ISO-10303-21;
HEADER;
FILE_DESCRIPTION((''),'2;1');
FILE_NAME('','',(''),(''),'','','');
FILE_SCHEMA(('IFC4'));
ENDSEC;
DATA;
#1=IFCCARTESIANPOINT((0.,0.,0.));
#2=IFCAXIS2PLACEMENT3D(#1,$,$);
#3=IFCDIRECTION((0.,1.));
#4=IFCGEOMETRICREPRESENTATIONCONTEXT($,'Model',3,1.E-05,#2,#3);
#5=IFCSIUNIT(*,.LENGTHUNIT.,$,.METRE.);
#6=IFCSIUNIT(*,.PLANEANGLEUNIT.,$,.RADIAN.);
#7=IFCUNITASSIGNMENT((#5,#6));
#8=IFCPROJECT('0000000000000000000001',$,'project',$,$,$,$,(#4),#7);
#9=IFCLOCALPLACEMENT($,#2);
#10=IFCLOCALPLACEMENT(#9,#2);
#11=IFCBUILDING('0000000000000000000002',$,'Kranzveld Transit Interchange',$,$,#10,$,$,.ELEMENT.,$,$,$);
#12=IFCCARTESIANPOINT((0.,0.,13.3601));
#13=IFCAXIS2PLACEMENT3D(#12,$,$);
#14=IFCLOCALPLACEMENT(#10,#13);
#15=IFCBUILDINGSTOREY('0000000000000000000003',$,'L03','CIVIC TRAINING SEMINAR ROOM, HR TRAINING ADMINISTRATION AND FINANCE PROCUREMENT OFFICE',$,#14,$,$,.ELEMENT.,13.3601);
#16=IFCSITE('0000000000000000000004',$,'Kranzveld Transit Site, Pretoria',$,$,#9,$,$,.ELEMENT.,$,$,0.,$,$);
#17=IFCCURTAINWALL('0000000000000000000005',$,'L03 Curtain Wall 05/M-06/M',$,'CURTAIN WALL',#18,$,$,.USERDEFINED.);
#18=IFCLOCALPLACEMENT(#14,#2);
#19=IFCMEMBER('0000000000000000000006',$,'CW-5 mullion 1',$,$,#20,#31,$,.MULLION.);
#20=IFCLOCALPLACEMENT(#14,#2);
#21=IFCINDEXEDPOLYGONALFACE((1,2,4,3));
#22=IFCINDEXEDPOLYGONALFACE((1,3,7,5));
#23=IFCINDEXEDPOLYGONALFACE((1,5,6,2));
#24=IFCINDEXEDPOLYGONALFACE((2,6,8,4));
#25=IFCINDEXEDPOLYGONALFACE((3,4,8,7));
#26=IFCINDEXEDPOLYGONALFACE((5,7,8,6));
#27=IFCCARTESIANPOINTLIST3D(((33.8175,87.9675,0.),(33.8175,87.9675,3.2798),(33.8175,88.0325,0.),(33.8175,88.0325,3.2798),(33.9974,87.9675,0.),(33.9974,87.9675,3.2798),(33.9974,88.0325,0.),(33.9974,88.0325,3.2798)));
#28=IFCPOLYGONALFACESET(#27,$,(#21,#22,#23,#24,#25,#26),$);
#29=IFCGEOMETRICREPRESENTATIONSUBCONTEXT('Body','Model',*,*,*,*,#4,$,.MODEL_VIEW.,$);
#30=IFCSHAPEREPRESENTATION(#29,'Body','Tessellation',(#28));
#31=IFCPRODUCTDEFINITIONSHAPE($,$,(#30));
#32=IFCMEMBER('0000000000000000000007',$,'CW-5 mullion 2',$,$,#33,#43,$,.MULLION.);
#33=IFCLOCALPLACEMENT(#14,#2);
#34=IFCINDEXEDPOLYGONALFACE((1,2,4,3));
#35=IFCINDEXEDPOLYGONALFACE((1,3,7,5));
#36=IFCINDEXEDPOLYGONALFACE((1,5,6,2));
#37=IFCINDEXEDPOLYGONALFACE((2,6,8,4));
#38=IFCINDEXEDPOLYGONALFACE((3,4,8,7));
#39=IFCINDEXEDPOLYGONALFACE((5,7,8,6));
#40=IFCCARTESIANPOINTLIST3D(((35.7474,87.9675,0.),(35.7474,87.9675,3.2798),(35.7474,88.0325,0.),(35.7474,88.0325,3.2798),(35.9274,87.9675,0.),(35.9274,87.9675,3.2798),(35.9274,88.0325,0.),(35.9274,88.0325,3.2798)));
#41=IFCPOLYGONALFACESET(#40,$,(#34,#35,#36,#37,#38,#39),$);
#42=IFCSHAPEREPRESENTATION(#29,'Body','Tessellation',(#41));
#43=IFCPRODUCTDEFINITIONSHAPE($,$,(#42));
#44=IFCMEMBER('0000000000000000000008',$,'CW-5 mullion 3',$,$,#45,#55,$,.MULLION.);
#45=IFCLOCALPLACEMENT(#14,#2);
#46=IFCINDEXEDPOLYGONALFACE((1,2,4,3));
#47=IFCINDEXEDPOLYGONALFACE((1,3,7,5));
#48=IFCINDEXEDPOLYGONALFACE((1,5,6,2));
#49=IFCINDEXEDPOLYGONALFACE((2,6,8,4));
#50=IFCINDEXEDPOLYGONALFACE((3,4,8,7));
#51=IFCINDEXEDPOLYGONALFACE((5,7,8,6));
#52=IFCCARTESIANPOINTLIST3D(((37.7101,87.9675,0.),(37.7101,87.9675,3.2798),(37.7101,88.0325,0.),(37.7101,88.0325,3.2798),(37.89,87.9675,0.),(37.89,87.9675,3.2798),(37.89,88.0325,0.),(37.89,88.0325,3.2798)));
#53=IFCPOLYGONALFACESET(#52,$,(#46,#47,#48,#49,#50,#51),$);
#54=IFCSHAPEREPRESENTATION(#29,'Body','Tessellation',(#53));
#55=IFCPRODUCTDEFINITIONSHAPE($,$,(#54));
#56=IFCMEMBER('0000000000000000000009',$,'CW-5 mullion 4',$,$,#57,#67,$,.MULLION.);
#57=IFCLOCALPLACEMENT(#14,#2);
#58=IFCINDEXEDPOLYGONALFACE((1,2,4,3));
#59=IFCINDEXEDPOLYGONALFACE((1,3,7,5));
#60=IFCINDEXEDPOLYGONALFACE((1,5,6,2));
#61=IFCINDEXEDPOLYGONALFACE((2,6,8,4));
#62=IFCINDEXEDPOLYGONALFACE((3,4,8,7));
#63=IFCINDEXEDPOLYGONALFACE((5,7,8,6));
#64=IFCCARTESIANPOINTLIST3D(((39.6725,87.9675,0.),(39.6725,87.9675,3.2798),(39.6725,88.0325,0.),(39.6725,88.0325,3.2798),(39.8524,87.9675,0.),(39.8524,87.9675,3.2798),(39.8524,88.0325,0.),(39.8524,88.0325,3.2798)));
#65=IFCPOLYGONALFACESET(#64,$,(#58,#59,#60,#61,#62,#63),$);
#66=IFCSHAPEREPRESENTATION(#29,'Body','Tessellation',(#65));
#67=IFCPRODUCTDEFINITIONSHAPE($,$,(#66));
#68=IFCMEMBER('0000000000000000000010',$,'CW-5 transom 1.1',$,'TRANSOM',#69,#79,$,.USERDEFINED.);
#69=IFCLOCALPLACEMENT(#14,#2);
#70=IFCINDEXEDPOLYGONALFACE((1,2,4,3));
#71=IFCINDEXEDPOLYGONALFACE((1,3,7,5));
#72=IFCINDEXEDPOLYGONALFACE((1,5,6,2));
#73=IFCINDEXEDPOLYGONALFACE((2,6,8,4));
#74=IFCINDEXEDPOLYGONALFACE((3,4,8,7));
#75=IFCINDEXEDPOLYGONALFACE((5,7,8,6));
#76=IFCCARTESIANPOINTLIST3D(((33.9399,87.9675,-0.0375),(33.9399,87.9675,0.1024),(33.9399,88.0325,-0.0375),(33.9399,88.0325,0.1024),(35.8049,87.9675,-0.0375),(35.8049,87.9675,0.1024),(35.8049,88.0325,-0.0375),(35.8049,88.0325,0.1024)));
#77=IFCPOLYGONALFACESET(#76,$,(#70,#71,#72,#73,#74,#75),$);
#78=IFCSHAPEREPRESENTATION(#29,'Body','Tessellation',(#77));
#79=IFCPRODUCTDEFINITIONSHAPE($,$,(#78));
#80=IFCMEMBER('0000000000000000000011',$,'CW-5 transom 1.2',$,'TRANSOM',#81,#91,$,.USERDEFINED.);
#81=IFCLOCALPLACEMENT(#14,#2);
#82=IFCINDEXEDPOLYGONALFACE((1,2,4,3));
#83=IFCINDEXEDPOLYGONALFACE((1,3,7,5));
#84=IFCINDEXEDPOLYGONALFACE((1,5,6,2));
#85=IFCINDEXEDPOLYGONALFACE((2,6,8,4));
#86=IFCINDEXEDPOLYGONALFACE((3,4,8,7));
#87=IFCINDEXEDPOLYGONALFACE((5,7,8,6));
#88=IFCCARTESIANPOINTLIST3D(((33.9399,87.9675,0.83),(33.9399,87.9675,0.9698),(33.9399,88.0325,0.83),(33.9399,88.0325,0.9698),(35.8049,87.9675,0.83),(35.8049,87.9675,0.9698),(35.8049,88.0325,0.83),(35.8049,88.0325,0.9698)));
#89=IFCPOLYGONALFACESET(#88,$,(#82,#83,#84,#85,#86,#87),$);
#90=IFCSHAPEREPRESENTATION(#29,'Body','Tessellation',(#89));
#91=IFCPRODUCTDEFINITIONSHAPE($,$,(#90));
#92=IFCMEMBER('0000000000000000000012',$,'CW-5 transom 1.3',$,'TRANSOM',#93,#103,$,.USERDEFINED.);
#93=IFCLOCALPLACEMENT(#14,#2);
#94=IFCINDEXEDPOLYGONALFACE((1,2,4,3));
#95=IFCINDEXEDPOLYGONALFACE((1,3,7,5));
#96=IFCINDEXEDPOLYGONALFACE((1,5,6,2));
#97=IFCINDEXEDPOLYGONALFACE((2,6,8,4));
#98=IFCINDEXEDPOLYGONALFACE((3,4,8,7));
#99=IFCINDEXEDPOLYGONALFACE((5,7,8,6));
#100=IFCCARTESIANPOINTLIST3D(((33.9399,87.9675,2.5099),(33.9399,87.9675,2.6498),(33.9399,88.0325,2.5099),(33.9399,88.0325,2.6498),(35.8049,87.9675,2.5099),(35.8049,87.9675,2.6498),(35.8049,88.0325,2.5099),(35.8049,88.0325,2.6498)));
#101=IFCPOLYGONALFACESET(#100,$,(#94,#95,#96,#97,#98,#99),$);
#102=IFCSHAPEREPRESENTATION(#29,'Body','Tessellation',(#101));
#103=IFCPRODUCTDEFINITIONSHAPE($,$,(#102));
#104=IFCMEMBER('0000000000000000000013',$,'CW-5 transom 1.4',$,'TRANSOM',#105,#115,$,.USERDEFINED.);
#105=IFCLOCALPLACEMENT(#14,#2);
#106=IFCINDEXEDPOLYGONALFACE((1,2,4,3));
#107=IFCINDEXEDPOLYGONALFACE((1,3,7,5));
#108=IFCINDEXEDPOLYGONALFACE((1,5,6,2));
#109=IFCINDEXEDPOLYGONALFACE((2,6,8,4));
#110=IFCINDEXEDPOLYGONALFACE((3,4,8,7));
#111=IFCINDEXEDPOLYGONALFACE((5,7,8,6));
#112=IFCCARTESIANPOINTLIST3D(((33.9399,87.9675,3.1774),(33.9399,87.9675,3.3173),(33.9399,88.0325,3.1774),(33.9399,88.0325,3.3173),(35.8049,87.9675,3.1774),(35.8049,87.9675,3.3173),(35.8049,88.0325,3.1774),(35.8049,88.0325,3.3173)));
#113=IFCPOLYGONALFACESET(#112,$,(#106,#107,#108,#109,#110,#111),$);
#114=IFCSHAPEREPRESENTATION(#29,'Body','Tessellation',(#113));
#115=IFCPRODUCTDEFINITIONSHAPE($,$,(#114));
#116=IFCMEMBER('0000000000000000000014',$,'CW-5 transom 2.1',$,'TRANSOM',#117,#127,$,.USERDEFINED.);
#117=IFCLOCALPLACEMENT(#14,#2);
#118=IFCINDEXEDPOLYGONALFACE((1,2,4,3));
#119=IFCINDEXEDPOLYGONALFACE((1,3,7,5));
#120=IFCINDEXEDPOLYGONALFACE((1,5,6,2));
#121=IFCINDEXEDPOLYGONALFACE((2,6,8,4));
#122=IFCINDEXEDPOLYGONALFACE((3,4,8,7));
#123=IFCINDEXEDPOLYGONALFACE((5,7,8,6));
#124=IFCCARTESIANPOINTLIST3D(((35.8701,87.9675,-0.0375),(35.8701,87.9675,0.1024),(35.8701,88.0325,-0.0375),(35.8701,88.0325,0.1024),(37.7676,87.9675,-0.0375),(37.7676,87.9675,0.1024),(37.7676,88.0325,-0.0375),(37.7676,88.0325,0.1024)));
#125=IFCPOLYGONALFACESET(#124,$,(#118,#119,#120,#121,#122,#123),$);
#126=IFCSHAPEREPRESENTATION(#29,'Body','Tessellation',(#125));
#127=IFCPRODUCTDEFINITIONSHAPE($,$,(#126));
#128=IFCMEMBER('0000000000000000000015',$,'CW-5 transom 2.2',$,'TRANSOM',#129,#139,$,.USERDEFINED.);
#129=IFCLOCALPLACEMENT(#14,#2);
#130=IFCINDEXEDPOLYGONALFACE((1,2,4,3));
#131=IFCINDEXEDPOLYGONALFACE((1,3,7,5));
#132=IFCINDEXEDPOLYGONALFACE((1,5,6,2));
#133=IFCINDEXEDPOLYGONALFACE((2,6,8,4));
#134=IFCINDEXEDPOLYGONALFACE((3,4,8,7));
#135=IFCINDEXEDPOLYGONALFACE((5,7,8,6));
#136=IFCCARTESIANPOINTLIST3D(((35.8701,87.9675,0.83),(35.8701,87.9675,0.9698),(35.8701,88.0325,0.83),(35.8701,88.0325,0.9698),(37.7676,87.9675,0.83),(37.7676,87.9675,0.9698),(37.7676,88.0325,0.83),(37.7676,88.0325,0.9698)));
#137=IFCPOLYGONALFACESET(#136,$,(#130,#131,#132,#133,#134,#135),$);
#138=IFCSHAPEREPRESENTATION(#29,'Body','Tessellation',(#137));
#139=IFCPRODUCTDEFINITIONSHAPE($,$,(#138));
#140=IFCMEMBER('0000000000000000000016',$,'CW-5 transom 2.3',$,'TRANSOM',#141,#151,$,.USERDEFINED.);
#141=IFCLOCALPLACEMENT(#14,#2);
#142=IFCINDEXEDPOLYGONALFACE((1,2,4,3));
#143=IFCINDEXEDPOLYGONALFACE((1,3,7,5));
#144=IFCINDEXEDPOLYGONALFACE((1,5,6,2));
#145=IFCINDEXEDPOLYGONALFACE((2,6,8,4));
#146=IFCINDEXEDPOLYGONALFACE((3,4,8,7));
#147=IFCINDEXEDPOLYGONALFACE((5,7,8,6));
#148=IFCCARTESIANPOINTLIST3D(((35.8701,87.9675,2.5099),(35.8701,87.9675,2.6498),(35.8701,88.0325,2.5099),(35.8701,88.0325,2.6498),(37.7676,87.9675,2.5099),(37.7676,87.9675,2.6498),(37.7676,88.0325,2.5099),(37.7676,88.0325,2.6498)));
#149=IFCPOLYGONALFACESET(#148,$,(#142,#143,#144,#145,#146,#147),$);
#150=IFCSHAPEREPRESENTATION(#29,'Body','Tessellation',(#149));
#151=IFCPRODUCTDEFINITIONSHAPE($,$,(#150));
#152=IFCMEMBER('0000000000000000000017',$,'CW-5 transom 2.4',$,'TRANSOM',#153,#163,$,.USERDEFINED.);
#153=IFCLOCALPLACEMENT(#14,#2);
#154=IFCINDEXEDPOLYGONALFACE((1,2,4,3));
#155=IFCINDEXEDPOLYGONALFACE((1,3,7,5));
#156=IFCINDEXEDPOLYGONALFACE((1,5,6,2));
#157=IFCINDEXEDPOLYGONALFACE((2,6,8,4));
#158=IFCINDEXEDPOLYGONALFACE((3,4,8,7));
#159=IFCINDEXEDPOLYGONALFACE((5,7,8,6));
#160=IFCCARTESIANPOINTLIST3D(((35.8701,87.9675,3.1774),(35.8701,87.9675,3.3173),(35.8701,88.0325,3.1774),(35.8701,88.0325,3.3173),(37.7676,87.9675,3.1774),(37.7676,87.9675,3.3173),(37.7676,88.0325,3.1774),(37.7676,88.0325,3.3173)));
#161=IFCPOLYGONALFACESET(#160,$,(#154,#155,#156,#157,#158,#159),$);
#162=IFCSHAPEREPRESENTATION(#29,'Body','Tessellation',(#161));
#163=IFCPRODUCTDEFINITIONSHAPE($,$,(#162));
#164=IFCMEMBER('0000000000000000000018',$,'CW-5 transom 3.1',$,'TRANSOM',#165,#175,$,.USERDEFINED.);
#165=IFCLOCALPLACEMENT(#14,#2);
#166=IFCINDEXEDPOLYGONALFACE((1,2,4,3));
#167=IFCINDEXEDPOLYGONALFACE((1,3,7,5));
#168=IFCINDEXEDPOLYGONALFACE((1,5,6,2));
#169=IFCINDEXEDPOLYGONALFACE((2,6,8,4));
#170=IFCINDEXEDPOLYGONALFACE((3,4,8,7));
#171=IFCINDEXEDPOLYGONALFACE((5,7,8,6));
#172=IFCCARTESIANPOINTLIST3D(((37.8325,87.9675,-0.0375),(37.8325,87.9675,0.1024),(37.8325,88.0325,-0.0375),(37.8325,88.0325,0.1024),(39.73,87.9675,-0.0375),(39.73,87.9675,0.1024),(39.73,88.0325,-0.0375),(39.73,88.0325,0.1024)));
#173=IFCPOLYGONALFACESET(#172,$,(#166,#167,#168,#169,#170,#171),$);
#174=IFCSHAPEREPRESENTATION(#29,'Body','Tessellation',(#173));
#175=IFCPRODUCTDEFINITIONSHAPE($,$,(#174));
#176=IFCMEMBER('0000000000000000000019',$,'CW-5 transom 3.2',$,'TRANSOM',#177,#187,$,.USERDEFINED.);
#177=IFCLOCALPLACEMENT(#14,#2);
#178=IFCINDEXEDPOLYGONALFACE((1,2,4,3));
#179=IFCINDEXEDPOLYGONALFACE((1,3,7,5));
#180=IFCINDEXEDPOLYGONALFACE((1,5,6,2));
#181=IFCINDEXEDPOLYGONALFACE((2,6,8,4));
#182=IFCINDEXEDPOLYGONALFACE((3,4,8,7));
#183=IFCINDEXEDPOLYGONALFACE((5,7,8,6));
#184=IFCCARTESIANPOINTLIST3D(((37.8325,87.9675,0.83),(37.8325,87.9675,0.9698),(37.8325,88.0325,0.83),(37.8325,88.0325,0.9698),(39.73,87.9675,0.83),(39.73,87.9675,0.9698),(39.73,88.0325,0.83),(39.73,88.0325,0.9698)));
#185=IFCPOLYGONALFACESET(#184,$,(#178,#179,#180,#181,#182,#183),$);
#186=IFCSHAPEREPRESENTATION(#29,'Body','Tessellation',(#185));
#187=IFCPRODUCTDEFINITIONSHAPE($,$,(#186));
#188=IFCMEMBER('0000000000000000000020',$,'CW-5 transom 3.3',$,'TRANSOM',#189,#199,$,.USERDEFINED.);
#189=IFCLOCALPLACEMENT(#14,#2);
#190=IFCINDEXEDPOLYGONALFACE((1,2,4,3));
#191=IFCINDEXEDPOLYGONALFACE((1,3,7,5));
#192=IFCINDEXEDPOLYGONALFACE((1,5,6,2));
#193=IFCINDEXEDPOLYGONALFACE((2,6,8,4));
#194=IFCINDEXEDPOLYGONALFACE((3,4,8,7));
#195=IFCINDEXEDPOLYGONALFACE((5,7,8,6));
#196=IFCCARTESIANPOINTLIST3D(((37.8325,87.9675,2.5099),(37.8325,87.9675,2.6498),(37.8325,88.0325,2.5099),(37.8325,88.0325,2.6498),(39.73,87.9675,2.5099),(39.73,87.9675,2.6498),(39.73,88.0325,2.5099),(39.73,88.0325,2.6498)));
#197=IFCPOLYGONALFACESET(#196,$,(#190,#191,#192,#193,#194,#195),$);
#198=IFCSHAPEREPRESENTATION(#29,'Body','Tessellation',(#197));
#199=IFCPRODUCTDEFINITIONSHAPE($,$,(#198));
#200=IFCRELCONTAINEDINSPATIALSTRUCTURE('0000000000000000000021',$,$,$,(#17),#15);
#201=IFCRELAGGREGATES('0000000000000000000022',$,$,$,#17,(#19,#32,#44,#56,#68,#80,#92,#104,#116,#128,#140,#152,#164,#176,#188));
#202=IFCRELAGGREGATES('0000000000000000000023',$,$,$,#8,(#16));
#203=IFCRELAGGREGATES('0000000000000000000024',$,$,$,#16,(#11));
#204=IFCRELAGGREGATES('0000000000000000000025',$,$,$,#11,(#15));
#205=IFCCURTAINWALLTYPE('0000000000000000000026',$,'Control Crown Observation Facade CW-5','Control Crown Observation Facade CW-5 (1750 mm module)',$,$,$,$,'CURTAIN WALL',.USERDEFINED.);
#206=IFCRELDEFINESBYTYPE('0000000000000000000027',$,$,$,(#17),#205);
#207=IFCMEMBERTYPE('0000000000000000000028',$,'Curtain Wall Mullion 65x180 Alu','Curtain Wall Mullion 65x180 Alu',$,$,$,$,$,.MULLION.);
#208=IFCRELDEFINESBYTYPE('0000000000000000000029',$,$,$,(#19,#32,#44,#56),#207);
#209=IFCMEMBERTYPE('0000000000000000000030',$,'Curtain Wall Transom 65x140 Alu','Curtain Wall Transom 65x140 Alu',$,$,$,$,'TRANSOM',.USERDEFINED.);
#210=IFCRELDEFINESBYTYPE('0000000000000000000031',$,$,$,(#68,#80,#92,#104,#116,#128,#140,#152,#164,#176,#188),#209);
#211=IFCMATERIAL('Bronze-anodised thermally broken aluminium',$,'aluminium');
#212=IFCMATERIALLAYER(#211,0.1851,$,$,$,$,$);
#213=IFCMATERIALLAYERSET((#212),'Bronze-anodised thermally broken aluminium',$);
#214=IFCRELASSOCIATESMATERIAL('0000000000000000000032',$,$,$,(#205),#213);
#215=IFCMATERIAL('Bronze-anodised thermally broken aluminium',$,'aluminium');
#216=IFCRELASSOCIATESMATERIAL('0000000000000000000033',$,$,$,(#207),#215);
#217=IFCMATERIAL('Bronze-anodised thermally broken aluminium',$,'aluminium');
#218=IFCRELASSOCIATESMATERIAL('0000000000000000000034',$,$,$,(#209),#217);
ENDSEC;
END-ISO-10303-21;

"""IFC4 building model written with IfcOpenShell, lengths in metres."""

from ifc_helpers import new_model, si_unit, direction, frame, origin, origin_2d, place, context, subcontext, project, spatial, rectangle, extrude, material, layer, layer_set, material_profile, profile_set, type_object, element, aggregate, save


model = new_model("IFC4")

# Units and contexts
model_context = context("Model", 3, precision=1e-05, world=origin(), true_north=direction((0.0, 1.0)))
body_context = subcontext(model_context, "Body", "Model", "MODEL_VIEW")
ifc_project = project(units=[si_unit("LENGTHUNIT", "METRE"), si_unit("PLANEANGLEUNIT", "RADIAN")], contexts=[model_context])

# Site, building, storey
site_placement = place(None, origin())
site = spatial("IfcSite", under=ifc_project, at=site_placement, Name="Kranzveld Transit Site, Pretoria", CompositionType="ELEMENT", RefElevation=0.0)
building_placement = place(site_placement, origin())
building = spatial("IfcBuilding", under=site, at=building_placement, Name="Kranzveld Transit Interchange", CompositionType="ELEMENT")
storey_placement = place(building_placement, frame((0.0, 0.0, 13.3601)))
storey = spatial("IfcBuildingStorey", under=building, at=storey_placement, Name="L03", Description="CIVIC TRAINING SEMINAR ROOM, HR TRAINING ADMINISTRATION AND FINANCE PROCUREMENT OFFICE", CompositionType="ELEMENT", Elevation=13.3601)

# Curtain wall, members
ifc_material_1 = material(Name="Bronze-anodised thermally broken aluminium", Category="aluminium")
ifc_layer_1 = layer(ifc_material_1, 0.1851)
ifc_layer_set_1 = layer_set([ifc_layer_1], Name="Bronze-anodised thermally broken aluminium")
curtain_wall_type = type_object("IfcCurtainWallType", Name="Control Crown Observation Facade CW-5", Description="Control Crown Observation Facade CW-5 (1750 mm module)", ElementType="CURTAIN WALL", PredefinedType="USERDEFINED", material=ifc_layer_set_1)
curtain_wall_placement = place(storey_placement, origin())
curtain_wall = element("IfcCurtainWall", 1, at=curtain_wall_placement, inside=storey, type_object=curtain_wall_type, Name="L03 Curtain Wall 05/M-06/M", ObjectType="CURTAIN WALL", PredefinedType="USERDEFINED")
ifc_material_2 = material(Name="Bronze-anodised thermally broken aluminium", Category="aluminium")
ifc_material_profile_1 = material_profile(ifc_material_2, rectangle(XDim=0.0649, YDim=0.1799, at=origin_2d()), Name="ALU MULLION 65x180")
ifc_profile_set_1 = profile_set([ifc_material_profile_1], Name="Bronze-anodised thermally broken aluminium")
member_type_1 = type_object("IfcMemberType", Name="Curtain Wall Mullion 65x180 Alu", Description="Curtain Wall Mullion 65x180 Alu", PredefinedType="MULLION", material=ifc_profile_set_1)
member_1_placement = place(storey_placement, frame((33.9075, 88.0, 0.0), z_axis=(0.0, 0.0, 1.0), x_axis=(0.0, 1.0, 0.0)))
member_1 = element("IfcMember", 2, at=member_1_placement, type_object=member_type_1, Name="CW-5 mullion 1", PredefinedType="MULLION", context=body_context, shape_type="SweptSolid", body=[
    extrude(rectangle(XDim=0.0649, YDim=0.1799, at=origin_2d()), origin(), (0.0, 0.0, 1.0), 3.2798),
])
member_2_placement = place(storey_placement, frame((35.8374, 88.0, 0.0), z_axis=(0.0, 0.0, 1.0), x_axis=(0.0, 1.0, 0.0)))
member_2 = element("IfcMember", 3, at=member_2_placement, type_object=member_type_1, Name="CW-5 mullion 2", PredefinedType="MULLION", context=body_context, shape_type="SweptSolid", body=[
    extrude(rectangle(XDim=0.0649, YDim=0.1799, at=origin_2d()), origin(), (0.0, 0.0, 1.0), 3.2798),
])
member_3_placement = place(storey_placement, frame((37.8, 88.0, 0.0), z_axis=(0.0, 0.0, 1.0), x_axis=(0.0, 1.0, 0.0)))
member_3 = element("IfcMember", 4, at=member_3_placement, type_object=member_type_1, Name="CW-5 mullion 3", PredefinedType="MULLION", context=body_context, shape_type="SweptSolid", body=[
    extrude(rectangle(XDim=0.0649, YDim=0.1799, at=origin_2d()), origin(), (0.0, 0.0, 1.0), 3.2798),
])
member_4_placement = place(storey_placement, frame((39.7625, 88.0, 0.0), z_axis=(0.0, 0.0, 1.0), x_axis=(0.0, 1.0, 0.0)))
member_4 = element("IfcMember", 5, at=member_4_placement, type_object=member_type_1, Name="CW-5 mullion 4", PredefinedType="MULLION", context=body_context, shape_type="SweptSolid", body=[
    extrude(rectangle(XDim=0.0649, YDim=0.1799, at=origin_2d()), origin(), (0.0, 0.0, 1.0), 3.2798),
])
ifc_material_3 = material(Name="Bronze-anodised thermally broken aluminium", Category="aluminium")
ifc_material_profile_2 = material_profile(ifc_material_3, rectangle(XDim=0.0649, YDim=0.1399, at=origin_2d()), Name="ALU TRANSOM 65x140")
ifc_profile_set_2 = profile_set([ifc_material_profile_2], Name="Bronze-anodised thermally broken aluminium")
member_type_2 = type_object("IfcMemberType", Name="Curtain Wall Transom 65x140 Alu", Description="Curtain Wall Transom 65x140 Alu", ElementType="TRANSOM", PredefinedType="USERDEFINED", material=ifc_profile_set_2)
member_5_placement = place(storey_placement, frame((33.9399, 88.0, 0.0325), z_axis=(1.0, 0.0, 0.0), x_axis=(0.0, 1.0, 0.0)))
member_5 = element("IfcMember", 6, at=member_5_placement, type_object=member_type_2, Name="CW-5 transom 1.1", ObjectType="TRANSOM", PredefinedType="USERDEFINED", context=body_context, shape_type="SweptSolid", body=[
    extrude(rectangle(XDim=0.0649, YDim=0.1399, at=origin_2d()), origin(), (0.0, 0.0, 1.0), 1.865),
])
member_6_placement = place(storey_placement, frame((33.9399, 88.0, 0.8999), z_axis=(1.0, 0.0, 0.0), x_axis=(0.0, 1.0, 0.0)))
member_6 = element("IfcMember", 7, at=member_6_placement, type_object=member_type_2, Name="CW-5 transom 1.2", ObjectType="TRANSOM", PredefinedType="USERDEFINED", context=body_context, shape_type="SweptSolid", body=[
    extrude(rectangle(XDim=0.0649, YDim=0.1399, at=origin_2d()), origin(), (0.0, 0.0, 1.0), 1.865),
])
member_7_placement = place(storey_placement, frame((33.9399, 88.0, 2.5798), z_axis=(1.0, 0.0, 0.0), x_axis=(0.0, 1.0, 0.0)))
member_7 = element("IfcMember", 8, at=member_7_placement, type_object=member_type_2, Name="CW-5 transom 1.3", ObjectType="TRANSOM", PredefinedType="USERDEFINED", context=body_context, shape_type="SweptSolid", body=[
    extrude(rectangle(XDim=0.0649, YDim=0.1399, at=origin_2d()), origin(), (0.0, 0.0, 1.0), 1.865),
])
member_8_placement = place(storey_placement, frame((33.9399, 88.0, 3.2473), z_axis=(1.0, 0.0, 0.0), x_axis=(0.0, 1.0, 0.0)))
member_8 = element("IfcMember", 9, at=member_8_placement, type_object=member_type_2, Name="CW-5 transom 1.4", ObjectType="TRANSOM", PredefinedType="USERDEFINED", context=body_context, shape_type="SweptSolid", body=[
    extrude(rectangle(XDim=0.0649, YDim=0.1399, at=origin_2d()), origin(), (0.0, 0.0, 1.0), 1.865),
])
member_9_placement = place(storey_placement, frame((35.8701, 88.0, 0.0325), z_axis=(1.0, 0.0, 0.0), x_axis=(0.0, 1.0, 0.0)))
member_9 = element("IfcMember", 10, at=member_9_placement, type_object=member_type_2, Name="CW-5 transom 2.1", ObjectType="TRANSOM", PredefinedType="USERDEFINED", context=body_context, shape_type="SweptSolid", body=[
    extrude(rectangle(XDim=0.0649, YDim=0.1399, at=origin_2d()), origin(), (0.0, 0.0, 1.0), 1.8975),
])
member_10_placement = place(storey_placement, frame((35.8701, 88.0, 0.8999), z_axis=(1.0, 0.0, 0.0), x_axis=(0.0, 1.0, 0.0)))
member_10 = element("IfcMember", 11, at=member_10_placement, type_object=member_type_2, Name="CW-5 transom 2.2", ObjectType="TRANSOM", PredefinedType="USERDEFINED", context=body_context, shape_type="SweptSolid", body=[
    extrude(rectangle(XDim=0.0649, YDim=0.1399, at=origin_2d()), origin(), (0.0, 0.0, 1.0), 1.8975),
])
member_11_placement = place(storey_placement, frame((35.8701, 88.0, 2.5798), z_axis=(1.0, 0.0, 0.0), x_axis=(0.0, 1.0, 0.0)))
member_11 = element("IfcMember", 12, at=member_11_placement, type_object=member_type_2, Name="CW-5 transom 2.3", ObjectType="TRANSOM", PredefinedType="USERDEFINED", context=body_context, shape_type="SweptSolid", body=[
    extrude(rectangle(XDim=0.0649, YDim=0.1399, at=origin_2d()), origin(), (0.0, 0.0, 1.0), 1.8975),
])
member_12_placement = place(storey_placement, frame((35.8701, 88.0, 3.2473), z_axis=(1.0, 0.0, 0.0), x_axis=(0.0, 1.0, 0.0)))
member_12 = element("IfcMember", 13, at=member_12_placement, type_object=member_type_2, Name="CW-5 transom 2.4", ObjectType="TRANSOM", PredefinedType="USERDEFINED", context=body_context, shape_type="SweptSolid", body=[
    extrude(rectangle(XDim=0.0649, YDim=0.1399, at=origin_2d()), origin(), (0.0, 0.0, 1.0), 1.8975),
])
member_13_placement = place(storey_placement, frame((37.8325, 88.0, 0.0325), z_axis=(1.0, 0.0, 0.0), x_axis=(0.0, 1.0, 0.0)))
member_13 = element("IfcMember", 14, at=member_13_placement, type_object=member_type_2, Name="CW-5 transom 3.1", ObjectType="TRANSOM", PredefinedType="USERDEFINED", context=body_context, shape_type="SweptSolid", body=[
    extrude(rectangle(XDim=0.0649, YDim=0.1399, at=origin_2d()), origin(), (0.0, 0.0, 1.0), 1.8975),
])
member_14_placement = place(storey_placement, frame((37.8325, 88.0, 0.8999), z_axis=(1.0, 0.0, 0.0), x_axis=(0.0, 1.0, 0.0)))
member_14 = element("IfcMember", 15, at=member_14_placement, type_object=member_type_2, Name="CW-5 transom 3.2", ObjectType="TRANSOM", PredefinedType="USERDEFINED", context=body_context, shape_type="SweptSolid", body=[
    extrude(rectangle(XDim=0.0649, YDim=0.1399, at=origin_2d()), origin(), (0.0, 0.0, 1.0), 1.8975),
])
member_15_placement = place(storey_placement, frame((37.8325, 88.0, 2.5798), z_axis=(1.0, 0.0, 0.0), x_axis=(0.0, 1.0, 0.0)))
member_15 = element("IfcMember", 16, at=member_15_placement, type_object=member_type_2, Name="CW-5 transom 3.3", ObjectType="TRANSOM", PredefinedType="USERDEFINED", context=body_context, shape_type="SweptSolid", body=[
    extrude(rectangle(XDim=0.0649, YDim=0.1399, at=origin_2d()), origin(), (0.0, 0.0, 1.0), 1.8975),
])
aggregate(curtain_wall, [member_1, member_2, member_3, member_4, member_5, member_6, member_7, member_8, member_9, member_10, member_11, member_12, member_13, member_14, member_15])

save(model, "model.ifc")
